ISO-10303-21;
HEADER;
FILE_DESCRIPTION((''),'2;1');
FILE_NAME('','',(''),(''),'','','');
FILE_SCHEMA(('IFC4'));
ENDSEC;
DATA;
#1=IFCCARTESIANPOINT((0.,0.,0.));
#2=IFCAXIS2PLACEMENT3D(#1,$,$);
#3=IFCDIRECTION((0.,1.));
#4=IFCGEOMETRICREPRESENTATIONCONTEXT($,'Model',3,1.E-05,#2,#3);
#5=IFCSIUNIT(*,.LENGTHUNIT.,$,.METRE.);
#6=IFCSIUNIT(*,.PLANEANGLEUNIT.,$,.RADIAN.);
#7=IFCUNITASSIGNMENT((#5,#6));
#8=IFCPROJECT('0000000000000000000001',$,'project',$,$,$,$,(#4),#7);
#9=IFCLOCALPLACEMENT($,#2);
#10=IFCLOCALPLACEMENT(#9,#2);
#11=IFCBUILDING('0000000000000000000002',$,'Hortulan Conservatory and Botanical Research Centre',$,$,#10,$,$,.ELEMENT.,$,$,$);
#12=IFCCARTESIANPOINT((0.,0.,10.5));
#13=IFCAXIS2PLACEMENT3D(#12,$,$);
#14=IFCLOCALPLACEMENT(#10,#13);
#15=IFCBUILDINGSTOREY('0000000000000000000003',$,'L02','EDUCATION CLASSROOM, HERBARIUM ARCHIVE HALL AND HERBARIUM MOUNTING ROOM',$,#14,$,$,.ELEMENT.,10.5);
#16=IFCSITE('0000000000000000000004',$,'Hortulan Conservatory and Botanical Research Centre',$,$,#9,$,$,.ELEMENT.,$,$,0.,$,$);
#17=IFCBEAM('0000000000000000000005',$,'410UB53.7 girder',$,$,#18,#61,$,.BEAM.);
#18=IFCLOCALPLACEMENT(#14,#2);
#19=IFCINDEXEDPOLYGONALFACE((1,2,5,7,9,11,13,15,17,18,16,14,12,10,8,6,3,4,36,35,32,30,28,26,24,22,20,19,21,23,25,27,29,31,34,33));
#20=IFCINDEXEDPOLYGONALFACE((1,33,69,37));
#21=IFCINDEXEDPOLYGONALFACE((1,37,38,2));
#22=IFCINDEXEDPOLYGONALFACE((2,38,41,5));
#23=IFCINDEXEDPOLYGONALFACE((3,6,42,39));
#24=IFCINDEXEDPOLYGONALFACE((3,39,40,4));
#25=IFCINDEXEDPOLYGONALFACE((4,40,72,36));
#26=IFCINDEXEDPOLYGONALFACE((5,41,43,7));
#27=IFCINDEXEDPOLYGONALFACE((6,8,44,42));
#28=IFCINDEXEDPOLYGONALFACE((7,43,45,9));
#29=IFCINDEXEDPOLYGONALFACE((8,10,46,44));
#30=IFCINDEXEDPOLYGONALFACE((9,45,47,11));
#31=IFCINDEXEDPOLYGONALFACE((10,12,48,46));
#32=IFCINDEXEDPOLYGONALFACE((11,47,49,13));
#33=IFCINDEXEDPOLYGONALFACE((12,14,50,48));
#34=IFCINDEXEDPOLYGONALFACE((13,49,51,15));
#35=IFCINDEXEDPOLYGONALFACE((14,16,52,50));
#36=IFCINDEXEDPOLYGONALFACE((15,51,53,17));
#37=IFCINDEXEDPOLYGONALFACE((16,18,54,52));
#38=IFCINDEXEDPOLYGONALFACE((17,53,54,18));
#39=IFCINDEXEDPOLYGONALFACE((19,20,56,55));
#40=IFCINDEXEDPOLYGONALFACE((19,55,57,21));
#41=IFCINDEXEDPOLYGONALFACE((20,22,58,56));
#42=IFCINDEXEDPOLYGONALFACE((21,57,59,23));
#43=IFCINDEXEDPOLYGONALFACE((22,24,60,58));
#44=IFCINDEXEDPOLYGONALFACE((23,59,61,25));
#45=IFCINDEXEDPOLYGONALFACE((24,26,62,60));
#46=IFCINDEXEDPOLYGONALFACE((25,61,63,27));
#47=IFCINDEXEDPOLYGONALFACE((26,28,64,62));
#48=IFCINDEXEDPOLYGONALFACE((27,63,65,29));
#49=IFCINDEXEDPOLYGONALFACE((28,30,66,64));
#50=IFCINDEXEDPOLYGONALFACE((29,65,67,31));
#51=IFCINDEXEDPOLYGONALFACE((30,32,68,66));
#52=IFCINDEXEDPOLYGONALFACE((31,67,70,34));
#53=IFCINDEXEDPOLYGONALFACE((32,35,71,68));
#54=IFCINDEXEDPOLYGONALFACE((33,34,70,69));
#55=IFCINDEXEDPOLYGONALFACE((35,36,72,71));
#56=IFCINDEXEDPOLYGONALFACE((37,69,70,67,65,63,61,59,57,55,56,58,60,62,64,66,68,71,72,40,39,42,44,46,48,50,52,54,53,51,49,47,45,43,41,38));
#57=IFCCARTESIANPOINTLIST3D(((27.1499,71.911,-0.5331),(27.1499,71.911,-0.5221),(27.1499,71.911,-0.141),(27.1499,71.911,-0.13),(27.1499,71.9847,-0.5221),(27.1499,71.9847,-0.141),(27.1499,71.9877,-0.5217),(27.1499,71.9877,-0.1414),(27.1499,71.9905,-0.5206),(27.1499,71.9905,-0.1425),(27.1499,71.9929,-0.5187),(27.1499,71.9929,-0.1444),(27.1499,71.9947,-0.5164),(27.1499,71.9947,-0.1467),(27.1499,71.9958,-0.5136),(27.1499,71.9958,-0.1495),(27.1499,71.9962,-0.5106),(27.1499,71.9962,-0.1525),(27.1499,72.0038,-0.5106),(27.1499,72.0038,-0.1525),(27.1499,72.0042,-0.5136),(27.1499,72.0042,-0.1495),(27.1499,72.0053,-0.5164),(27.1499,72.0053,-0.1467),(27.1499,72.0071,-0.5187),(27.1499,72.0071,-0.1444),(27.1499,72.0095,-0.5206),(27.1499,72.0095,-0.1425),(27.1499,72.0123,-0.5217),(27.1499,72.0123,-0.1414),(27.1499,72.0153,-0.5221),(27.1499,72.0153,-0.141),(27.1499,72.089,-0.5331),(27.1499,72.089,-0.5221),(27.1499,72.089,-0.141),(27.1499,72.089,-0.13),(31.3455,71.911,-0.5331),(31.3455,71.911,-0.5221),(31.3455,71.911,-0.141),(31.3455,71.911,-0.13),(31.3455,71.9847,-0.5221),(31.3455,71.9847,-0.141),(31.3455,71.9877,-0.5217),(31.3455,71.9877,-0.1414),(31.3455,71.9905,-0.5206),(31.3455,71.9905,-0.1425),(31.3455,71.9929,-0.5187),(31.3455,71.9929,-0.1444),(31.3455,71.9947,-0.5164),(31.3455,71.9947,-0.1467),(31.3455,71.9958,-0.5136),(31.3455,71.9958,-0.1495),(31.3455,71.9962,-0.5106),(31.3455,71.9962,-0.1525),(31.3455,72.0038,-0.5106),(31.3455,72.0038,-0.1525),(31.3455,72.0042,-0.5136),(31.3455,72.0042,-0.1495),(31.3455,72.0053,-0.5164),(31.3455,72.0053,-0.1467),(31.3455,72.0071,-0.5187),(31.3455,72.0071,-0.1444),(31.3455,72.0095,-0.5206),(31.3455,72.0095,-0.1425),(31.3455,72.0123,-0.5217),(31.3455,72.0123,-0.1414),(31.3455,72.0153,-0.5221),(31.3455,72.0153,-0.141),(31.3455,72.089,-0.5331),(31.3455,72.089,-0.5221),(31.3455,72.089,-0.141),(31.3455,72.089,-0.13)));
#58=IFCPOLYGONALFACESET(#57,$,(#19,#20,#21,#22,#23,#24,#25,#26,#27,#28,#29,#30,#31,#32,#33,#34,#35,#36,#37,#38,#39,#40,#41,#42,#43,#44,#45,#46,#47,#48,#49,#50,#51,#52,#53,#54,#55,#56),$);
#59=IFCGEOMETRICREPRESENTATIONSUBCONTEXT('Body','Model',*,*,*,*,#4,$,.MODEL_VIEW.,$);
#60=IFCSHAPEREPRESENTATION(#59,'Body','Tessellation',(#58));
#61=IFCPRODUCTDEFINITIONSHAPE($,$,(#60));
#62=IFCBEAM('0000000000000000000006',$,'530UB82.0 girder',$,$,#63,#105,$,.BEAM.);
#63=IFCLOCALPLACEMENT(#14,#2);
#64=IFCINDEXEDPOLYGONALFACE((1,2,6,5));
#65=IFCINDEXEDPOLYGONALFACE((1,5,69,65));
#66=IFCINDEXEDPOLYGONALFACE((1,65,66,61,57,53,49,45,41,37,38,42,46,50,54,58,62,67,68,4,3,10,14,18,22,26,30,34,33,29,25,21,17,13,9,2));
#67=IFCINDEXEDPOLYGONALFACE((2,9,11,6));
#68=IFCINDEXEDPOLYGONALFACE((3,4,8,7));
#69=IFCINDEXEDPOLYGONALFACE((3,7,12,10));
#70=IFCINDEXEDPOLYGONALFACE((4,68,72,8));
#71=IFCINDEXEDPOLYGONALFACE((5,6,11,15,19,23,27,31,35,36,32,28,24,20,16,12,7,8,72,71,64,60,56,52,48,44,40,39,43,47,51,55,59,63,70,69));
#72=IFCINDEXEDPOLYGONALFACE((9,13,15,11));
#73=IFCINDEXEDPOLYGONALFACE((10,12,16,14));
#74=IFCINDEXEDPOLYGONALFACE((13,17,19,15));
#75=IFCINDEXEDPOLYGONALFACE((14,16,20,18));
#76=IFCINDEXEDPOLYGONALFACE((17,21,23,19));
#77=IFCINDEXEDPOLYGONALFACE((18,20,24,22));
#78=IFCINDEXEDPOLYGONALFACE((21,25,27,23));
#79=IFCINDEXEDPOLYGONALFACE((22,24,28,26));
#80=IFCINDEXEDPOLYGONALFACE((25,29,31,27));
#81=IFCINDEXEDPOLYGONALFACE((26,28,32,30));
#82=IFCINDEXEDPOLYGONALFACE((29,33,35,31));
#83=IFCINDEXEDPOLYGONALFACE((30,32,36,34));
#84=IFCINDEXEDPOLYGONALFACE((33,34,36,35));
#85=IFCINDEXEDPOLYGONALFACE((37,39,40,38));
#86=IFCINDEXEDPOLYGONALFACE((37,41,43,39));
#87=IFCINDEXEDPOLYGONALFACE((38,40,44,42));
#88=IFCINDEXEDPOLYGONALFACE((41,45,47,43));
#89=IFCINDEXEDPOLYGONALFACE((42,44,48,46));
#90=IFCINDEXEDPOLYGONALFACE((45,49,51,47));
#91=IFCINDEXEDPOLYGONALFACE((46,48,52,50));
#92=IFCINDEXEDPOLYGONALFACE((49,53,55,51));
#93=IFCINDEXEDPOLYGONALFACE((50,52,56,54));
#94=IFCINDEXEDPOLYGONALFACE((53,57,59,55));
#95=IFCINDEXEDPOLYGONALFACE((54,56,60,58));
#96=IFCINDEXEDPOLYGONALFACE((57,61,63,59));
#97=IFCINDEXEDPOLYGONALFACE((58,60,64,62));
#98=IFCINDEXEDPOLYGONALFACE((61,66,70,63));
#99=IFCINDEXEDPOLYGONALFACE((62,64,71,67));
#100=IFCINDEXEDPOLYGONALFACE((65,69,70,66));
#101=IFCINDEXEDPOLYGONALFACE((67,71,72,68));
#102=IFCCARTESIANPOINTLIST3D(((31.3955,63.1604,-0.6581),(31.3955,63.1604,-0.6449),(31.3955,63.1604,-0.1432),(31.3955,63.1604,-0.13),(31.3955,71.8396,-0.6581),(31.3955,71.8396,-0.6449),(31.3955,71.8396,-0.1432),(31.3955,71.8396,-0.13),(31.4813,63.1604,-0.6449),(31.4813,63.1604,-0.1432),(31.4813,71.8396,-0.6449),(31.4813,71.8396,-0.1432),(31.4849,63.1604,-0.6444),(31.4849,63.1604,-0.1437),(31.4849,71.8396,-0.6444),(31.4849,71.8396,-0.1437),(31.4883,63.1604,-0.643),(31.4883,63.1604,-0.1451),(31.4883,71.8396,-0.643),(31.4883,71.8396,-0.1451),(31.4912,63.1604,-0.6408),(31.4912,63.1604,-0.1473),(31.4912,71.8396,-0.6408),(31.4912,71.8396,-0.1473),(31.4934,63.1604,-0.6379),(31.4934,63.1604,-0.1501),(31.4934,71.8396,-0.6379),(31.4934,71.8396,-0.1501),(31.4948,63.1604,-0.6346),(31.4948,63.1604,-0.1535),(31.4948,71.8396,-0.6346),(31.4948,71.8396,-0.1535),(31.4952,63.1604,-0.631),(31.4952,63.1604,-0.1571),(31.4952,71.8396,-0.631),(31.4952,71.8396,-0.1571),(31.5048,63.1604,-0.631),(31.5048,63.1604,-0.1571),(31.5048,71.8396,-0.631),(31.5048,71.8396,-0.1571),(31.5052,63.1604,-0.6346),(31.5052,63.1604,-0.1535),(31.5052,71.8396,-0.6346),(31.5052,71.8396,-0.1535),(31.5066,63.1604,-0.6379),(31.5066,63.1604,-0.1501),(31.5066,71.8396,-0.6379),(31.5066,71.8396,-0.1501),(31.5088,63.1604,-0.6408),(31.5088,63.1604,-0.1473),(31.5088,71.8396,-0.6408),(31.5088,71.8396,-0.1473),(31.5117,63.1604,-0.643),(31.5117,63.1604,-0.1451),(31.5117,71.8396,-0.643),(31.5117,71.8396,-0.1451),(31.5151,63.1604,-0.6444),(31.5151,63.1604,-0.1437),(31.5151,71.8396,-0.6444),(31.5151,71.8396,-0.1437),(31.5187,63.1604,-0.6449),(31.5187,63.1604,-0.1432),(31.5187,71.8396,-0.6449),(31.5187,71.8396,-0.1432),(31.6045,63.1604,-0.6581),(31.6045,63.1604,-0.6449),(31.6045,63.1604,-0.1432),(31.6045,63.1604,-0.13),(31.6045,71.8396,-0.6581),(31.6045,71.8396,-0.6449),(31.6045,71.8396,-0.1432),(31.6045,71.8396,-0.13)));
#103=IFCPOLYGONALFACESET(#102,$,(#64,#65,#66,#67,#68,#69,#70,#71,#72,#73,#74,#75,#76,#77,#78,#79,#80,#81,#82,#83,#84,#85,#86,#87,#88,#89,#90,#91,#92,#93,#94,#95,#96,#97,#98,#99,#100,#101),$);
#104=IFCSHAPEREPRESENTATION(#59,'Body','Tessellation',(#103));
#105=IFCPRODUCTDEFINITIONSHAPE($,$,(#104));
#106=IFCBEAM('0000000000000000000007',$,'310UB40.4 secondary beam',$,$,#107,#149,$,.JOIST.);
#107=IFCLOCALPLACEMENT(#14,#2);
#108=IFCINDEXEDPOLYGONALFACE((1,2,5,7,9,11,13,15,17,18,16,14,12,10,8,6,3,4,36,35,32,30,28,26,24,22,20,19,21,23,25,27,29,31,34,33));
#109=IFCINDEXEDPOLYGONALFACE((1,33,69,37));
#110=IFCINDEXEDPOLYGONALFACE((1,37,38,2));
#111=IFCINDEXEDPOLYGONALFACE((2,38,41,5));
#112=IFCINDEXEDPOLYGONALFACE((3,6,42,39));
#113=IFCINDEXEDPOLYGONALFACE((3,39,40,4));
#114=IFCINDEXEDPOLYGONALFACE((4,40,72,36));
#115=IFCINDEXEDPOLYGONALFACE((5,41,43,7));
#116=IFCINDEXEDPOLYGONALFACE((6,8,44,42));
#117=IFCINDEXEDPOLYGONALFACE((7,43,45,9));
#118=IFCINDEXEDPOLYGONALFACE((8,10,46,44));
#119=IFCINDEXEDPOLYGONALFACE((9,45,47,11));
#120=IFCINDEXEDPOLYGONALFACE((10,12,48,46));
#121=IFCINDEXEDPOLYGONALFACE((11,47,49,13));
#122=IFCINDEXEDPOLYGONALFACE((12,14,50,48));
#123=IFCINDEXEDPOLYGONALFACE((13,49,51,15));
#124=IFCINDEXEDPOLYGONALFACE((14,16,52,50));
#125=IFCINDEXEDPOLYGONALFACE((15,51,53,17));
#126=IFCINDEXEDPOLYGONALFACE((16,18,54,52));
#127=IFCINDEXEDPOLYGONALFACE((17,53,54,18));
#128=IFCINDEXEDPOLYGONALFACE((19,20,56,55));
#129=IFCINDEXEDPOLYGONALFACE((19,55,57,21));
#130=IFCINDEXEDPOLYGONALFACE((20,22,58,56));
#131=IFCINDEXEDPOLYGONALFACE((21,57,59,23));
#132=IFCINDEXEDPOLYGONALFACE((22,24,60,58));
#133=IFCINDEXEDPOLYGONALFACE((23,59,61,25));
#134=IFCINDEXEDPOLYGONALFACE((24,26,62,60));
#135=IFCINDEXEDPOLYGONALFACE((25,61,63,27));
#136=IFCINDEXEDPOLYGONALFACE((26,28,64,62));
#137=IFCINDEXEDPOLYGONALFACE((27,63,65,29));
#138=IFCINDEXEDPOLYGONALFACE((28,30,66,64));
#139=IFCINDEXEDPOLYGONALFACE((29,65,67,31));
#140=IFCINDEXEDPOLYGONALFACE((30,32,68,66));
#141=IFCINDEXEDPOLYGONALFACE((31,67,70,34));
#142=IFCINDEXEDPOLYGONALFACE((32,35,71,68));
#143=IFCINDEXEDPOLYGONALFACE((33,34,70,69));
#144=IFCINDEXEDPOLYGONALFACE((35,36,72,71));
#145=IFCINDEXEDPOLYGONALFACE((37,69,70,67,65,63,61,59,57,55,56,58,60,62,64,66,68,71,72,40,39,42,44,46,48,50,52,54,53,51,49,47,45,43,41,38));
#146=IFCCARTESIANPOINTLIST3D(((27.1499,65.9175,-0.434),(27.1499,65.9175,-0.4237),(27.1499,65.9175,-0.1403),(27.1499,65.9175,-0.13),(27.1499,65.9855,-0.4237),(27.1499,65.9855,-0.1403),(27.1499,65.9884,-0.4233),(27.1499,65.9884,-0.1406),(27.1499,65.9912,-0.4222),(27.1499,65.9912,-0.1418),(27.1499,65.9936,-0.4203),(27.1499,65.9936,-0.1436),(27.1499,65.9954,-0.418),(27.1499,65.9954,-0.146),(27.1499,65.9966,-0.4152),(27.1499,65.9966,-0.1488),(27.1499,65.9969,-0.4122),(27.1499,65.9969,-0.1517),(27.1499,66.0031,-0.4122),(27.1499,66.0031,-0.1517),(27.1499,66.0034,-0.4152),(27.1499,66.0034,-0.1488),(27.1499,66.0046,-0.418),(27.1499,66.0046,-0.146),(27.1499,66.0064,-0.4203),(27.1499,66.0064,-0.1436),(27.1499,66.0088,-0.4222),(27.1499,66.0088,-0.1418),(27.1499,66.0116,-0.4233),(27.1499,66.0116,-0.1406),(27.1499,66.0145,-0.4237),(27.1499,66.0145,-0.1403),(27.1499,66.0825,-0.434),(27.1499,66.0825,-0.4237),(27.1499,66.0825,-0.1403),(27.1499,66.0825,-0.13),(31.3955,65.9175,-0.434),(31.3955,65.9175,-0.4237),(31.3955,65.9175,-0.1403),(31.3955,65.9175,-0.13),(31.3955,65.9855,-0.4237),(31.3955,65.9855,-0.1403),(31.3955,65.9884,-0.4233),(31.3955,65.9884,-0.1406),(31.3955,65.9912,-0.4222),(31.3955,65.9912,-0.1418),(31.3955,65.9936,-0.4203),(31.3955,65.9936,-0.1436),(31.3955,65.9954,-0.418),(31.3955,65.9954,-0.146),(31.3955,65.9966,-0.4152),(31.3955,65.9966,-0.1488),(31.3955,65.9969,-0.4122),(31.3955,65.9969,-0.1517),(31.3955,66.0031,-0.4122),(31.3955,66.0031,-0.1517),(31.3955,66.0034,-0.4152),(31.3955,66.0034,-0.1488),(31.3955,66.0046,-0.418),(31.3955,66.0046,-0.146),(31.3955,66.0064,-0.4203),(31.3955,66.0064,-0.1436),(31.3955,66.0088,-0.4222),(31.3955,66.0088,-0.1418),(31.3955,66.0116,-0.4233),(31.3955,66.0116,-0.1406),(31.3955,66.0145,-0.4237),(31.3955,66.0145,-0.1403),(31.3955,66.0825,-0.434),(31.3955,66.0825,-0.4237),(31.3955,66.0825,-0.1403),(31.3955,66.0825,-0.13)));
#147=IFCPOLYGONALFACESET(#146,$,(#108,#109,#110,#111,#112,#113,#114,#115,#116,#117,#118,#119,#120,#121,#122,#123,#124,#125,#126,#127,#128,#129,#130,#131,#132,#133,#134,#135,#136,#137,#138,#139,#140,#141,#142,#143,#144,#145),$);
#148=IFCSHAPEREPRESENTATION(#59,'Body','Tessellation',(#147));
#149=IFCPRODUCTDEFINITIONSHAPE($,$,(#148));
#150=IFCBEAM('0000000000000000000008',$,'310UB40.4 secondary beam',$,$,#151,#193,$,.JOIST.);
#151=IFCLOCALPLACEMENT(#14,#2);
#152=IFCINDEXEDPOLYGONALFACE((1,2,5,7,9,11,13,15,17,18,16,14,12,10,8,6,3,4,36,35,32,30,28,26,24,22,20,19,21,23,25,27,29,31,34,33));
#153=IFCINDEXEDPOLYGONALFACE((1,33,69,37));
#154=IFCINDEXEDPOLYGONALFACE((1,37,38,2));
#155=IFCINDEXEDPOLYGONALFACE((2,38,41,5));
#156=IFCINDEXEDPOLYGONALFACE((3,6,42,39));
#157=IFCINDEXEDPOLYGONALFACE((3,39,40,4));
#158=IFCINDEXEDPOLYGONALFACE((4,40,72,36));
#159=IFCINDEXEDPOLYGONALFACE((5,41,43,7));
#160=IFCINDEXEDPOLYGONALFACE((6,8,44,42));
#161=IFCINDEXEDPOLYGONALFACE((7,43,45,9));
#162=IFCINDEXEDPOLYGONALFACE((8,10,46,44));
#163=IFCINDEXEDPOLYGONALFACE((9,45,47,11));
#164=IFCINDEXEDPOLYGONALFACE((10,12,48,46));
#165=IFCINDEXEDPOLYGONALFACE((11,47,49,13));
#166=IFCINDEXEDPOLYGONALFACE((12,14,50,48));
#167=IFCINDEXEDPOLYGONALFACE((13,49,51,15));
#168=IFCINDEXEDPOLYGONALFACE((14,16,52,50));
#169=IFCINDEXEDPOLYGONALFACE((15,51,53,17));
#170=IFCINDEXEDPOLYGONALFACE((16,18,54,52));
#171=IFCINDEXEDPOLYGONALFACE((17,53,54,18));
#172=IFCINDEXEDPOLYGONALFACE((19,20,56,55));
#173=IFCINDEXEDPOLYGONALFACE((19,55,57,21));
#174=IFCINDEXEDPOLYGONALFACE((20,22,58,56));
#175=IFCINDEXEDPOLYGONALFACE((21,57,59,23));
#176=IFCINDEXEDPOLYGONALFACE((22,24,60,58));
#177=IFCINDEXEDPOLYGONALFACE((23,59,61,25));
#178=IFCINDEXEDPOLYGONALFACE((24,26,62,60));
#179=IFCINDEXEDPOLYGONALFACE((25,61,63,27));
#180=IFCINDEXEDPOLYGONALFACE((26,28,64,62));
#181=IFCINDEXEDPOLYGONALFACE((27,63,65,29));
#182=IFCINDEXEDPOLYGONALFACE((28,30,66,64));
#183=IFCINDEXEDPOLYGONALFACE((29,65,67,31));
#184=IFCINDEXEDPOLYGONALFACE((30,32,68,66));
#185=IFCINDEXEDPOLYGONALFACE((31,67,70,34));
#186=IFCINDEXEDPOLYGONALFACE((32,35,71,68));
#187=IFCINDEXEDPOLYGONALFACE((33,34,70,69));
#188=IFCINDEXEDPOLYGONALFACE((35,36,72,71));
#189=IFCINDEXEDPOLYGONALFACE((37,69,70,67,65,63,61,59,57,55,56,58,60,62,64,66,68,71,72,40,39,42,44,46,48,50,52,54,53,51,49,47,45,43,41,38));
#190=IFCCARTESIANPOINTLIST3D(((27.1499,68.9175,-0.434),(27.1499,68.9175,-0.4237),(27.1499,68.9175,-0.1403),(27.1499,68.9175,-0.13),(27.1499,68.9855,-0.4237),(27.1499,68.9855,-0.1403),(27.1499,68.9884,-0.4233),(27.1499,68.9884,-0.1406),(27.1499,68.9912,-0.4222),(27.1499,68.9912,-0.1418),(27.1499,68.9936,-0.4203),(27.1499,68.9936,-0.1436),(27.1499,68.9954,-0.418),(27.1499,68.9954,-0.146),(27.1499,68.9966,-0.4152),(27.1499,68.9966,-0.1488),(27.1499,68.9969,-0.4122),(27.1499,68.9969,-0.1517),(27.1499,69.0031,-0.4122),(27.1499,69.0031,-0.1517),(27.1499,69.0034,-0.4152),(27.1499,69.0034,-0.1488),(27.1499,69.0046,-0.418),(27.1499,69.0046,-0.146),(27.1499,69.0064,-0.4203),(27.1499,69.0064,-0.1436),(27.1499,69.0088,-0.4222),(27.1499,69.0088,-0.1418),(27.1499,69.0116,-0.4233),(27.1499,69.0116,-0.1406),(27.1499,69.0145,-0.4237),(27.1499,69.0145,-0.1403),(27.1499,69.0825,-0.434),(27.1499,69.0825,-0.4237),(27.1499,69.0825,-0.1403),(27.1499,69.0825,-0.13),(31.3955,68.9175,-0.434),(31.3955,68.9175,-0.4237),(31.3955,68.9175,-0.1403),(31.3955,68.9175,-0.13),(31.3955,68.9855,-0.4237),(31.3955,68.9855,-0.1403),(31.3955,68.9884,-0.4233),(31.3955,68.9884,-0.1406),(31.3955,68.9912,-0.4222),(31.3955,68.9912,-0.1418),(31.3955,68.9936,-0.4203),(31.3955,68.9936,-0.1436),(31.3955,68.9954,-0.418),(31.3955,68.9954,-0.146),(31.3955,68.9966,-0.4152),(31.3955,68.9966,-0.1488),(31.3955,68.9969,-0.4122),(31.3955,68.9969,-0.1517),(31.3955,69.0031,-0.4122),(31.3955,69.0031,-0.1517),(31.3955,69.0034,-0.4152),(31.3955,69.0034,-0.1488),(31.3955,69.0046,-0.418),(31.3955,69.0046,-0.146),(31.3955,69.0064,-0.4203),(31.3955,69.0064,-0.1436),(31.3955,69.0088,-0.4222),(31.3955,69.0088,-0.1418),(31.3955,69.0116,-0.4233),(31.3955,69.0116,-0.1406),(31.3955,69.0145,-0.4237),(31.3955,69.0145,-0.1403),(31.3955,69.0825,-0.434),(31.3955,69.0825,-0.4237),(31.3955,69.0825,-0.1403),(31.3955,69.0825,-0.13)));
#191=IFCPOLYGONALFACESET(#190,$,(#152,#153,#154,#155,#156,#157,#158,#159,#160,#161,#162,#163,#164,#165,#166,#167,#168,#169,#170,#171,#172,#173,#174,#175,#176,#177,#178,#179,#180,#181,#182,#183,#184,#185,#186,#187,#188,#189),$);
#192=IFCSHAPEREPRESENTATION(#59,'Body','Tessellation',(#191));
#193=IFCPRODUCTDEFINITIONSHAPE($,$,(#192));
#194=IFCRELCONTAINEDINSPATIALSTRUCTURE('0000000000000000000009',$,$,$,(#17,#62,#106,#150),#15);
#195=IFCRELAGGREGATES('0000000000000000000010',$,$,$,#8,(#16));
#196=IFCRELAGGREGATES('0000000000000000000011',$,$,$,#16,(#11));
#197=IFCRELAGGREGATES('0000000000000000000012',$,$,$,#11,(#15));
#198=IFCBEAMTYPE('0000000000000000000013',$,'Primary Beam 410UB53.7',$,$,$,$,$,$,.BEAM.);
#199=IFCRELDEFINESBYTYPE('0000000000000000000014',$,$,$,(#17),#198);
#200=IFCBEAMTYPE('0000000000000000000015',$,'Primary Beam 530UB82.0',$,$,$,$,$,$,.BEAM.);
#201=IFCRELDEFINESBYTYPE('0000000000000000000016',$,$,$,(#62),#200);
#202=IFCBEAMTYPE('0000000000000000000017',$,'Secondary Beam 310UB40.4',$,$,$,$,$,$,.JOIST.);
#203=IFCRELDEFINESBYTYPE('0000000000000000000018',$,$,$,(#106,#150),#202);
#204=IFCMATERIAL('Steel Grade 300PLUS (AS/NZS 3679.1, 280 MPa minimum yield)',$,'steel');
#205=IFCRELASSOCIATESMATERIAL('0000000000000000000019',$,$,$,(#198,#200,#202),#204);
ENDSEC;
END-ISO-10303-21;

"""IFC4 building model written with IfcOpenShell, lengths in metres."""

from ifc_helpers import new_model, si_unit, direction, frame, origin, origin_2d, place, context, subcontext, project, spatial, i_section, extrude, material, material_profile, profile_set, type_object, element, save


model = new_model("IFC4")

# Units and contexts
model_context = context("Model", 3, precision=1e-05, world=origin(), true_north=direction((0.0, 1.0)))
body_context = subcontext(model_context, "Body", "Model", "MODEL_VIEW")
ifc_project = project(units=[si_unit("LENGTHUNIT", "METRE"), si_unit("PLANEANGLEUNIT", "RADIAN")], contexts=[model_context])

# Site, building, storey
site_placement = place(None, origin())
site = spatial("IfcSite", under=ifc_project, at=site_placement, Name="Hortulan Conservatory and Botanical Research Centre", CompositionType="ELEMENT", RefElevation=0.0)
building_placement = place(site_placement, origin())
building = spatial("IfcBuilding", under=site, at=building_placement, Name="Hortulan Conservatory and Botanical Research Centre", CompositionType="ELEMENT")
storey_placement = place(building_placement, frame((0.0, 0.0, 10.5)))
storey = spatial("IfcBuildingStorey", under=building, at=storey_placement, Name="L02", Description="EDUCATION CLASSROOM, HERBARIUM ARCHIVE HALL AND HERBARIUM MOUNTING ROOM", CompositionType="ELEMENT", Elevation=10.5)

# Shared definitions
ifc_material_1 = material(Name="Steel Grade 300PLUS (AS/NZS 3679.1, 280 MPa minimum yield)", Category="steel")

# Beams
ifc_material_profile_1 = material_profile(ifc_material_1, i_section(OverallWidth=0.178, OverallDepth=0.4031, WebThickness=0.0076, FlangeThickness=0.011, FilletRadius=0.0115, at=origin_2d()), Name="410UB53.7")
ifc_profile_set_1 = profile_set([ifc_material_profile_1], Name="Steel Grade 300PLUS (AS/NZS 3679.1, 280 MPa minimum yield)")
beam_type_1 = type_object("IfcBeamType", Name="Primary Beam 410UB53.7", PredefinedType="BEAM", material=ifc_profile_set_1)
beam_1_placement = place(storey_placement, frame((27.1499, 72.0, -0.3315), z_axis=(1.0, 0.0, 0.0), x_axis=(0.0, 1.0, 0.0)))
element("IfcBeam", 1, at=beam_1_placement, inside=storey, type_object=beam_type_1, Name="410UB53.7 girder", PredefinedType="BEAM", context=body_context, shape_type="SweptSolid", body=[
    extrude(i_section(OverallWidth=0.178, OverallDepth=0.4031, WebThickness=0.0076, FlangeThickness=0.011, FilletRadius=0.0115, at=origin_2d()), origin(), (0.0, 0.0, 1.0), 4.1956),
])
ifc_material_profile_2 = material_profile(ifc_material_1, i_section(OverallWidth=0.209, OverallDepth=0.5281, WebThickness=0.0095, FlangeThickness=0.0132, FilletRadius=0.0139, at=origin_2d()), Name="530UB82.0")
ifc_profile_set_2 = profile_set([ifc_material_profile_2], Name="Steel Grade 300PLUS (AS/NZS 3679.1, 280 MPa minimum yield)")
beam_type_2 = type_object("IfcBeamType", Name="Primary Beam 530UB82.0", PredefinedType="BEAM", material=ifc_profile_set_2)
beam_2_placement = place(storey_placement, frame((31.5, 63.1604, -0.394), z_axis=(0.0, 1.0, 0.0), x_axis=(-1.0, 0.0, 0.0)))
element("IfcBeam", 2, at=beam_2_placement, inside=storey, type_object=beam_type_2, Name="530UB82.0 girder", PredefinedType="BEAM", context=body_context, shape_type="SweptSolid", body=[
    extrude(i_section(OverallWidth=0.209, OverallDepth=0.5281, WebThickness=0.0095, FlangeThickness=0.0132, FilletRadius=0.0139, at=origin_2d()), origin(), (0.0, 0.0, 1.0), 8.6792),
])
ifc_material_profile_3 = material_profile(ifc_material_1, i_section(OverallWidth=0.165, OverallDepth=0.304, WebThickness=0.0061, FlangeThickness=0.0103, FilletRadius=0.0115, at=origin_2d()), Name="310UB40.4")
ifc_profile_set_3 = profile_set([ifc_material_profile_3], Name="Steel Grade 300PLUS (AS/NZS 3679.1, 280 MPa minimum yield)")
beam_type_3 = type_object("IfcBeamType", Name="Secondary Beam 310UB40.4", PredefinedType="JOIST", material=ifc_profile_set_3)
for number, where, z_axis, x_axis, name in (
    (3, (27.1499, 66.0, -0.282), (1.0, 0.0, 0.0), (0.0, 1.0, 0.0), "310UB40.4 secondary beam"),
    (4, (27.1499, 69.0, -0.282), (1.0, 0.0, 0.0), (0.0, 1.0, 0.0), "310UB40.4 secondary beam"),
):
    element("IfcBeam", number, at=place(storey_placement, frame(where, z_axis=z_axis, x_axis=x_axis)), inside=storey, type_object=beam_type_3, Name=name, PredefinedType="JOIST", context=body_context, shape_type="SweptSolid", body=[
        extrude(i_section(OverallWidth=0.165, OverallDepth=0.304, WebThickness=0.0061, FlangeThickness=0.0103, FilletRadius=0.0115, at=origin_2d()), origin(), (0.0, 0.0, 1.0), 4.2456),
    ])

save(model, "model.ifc")
